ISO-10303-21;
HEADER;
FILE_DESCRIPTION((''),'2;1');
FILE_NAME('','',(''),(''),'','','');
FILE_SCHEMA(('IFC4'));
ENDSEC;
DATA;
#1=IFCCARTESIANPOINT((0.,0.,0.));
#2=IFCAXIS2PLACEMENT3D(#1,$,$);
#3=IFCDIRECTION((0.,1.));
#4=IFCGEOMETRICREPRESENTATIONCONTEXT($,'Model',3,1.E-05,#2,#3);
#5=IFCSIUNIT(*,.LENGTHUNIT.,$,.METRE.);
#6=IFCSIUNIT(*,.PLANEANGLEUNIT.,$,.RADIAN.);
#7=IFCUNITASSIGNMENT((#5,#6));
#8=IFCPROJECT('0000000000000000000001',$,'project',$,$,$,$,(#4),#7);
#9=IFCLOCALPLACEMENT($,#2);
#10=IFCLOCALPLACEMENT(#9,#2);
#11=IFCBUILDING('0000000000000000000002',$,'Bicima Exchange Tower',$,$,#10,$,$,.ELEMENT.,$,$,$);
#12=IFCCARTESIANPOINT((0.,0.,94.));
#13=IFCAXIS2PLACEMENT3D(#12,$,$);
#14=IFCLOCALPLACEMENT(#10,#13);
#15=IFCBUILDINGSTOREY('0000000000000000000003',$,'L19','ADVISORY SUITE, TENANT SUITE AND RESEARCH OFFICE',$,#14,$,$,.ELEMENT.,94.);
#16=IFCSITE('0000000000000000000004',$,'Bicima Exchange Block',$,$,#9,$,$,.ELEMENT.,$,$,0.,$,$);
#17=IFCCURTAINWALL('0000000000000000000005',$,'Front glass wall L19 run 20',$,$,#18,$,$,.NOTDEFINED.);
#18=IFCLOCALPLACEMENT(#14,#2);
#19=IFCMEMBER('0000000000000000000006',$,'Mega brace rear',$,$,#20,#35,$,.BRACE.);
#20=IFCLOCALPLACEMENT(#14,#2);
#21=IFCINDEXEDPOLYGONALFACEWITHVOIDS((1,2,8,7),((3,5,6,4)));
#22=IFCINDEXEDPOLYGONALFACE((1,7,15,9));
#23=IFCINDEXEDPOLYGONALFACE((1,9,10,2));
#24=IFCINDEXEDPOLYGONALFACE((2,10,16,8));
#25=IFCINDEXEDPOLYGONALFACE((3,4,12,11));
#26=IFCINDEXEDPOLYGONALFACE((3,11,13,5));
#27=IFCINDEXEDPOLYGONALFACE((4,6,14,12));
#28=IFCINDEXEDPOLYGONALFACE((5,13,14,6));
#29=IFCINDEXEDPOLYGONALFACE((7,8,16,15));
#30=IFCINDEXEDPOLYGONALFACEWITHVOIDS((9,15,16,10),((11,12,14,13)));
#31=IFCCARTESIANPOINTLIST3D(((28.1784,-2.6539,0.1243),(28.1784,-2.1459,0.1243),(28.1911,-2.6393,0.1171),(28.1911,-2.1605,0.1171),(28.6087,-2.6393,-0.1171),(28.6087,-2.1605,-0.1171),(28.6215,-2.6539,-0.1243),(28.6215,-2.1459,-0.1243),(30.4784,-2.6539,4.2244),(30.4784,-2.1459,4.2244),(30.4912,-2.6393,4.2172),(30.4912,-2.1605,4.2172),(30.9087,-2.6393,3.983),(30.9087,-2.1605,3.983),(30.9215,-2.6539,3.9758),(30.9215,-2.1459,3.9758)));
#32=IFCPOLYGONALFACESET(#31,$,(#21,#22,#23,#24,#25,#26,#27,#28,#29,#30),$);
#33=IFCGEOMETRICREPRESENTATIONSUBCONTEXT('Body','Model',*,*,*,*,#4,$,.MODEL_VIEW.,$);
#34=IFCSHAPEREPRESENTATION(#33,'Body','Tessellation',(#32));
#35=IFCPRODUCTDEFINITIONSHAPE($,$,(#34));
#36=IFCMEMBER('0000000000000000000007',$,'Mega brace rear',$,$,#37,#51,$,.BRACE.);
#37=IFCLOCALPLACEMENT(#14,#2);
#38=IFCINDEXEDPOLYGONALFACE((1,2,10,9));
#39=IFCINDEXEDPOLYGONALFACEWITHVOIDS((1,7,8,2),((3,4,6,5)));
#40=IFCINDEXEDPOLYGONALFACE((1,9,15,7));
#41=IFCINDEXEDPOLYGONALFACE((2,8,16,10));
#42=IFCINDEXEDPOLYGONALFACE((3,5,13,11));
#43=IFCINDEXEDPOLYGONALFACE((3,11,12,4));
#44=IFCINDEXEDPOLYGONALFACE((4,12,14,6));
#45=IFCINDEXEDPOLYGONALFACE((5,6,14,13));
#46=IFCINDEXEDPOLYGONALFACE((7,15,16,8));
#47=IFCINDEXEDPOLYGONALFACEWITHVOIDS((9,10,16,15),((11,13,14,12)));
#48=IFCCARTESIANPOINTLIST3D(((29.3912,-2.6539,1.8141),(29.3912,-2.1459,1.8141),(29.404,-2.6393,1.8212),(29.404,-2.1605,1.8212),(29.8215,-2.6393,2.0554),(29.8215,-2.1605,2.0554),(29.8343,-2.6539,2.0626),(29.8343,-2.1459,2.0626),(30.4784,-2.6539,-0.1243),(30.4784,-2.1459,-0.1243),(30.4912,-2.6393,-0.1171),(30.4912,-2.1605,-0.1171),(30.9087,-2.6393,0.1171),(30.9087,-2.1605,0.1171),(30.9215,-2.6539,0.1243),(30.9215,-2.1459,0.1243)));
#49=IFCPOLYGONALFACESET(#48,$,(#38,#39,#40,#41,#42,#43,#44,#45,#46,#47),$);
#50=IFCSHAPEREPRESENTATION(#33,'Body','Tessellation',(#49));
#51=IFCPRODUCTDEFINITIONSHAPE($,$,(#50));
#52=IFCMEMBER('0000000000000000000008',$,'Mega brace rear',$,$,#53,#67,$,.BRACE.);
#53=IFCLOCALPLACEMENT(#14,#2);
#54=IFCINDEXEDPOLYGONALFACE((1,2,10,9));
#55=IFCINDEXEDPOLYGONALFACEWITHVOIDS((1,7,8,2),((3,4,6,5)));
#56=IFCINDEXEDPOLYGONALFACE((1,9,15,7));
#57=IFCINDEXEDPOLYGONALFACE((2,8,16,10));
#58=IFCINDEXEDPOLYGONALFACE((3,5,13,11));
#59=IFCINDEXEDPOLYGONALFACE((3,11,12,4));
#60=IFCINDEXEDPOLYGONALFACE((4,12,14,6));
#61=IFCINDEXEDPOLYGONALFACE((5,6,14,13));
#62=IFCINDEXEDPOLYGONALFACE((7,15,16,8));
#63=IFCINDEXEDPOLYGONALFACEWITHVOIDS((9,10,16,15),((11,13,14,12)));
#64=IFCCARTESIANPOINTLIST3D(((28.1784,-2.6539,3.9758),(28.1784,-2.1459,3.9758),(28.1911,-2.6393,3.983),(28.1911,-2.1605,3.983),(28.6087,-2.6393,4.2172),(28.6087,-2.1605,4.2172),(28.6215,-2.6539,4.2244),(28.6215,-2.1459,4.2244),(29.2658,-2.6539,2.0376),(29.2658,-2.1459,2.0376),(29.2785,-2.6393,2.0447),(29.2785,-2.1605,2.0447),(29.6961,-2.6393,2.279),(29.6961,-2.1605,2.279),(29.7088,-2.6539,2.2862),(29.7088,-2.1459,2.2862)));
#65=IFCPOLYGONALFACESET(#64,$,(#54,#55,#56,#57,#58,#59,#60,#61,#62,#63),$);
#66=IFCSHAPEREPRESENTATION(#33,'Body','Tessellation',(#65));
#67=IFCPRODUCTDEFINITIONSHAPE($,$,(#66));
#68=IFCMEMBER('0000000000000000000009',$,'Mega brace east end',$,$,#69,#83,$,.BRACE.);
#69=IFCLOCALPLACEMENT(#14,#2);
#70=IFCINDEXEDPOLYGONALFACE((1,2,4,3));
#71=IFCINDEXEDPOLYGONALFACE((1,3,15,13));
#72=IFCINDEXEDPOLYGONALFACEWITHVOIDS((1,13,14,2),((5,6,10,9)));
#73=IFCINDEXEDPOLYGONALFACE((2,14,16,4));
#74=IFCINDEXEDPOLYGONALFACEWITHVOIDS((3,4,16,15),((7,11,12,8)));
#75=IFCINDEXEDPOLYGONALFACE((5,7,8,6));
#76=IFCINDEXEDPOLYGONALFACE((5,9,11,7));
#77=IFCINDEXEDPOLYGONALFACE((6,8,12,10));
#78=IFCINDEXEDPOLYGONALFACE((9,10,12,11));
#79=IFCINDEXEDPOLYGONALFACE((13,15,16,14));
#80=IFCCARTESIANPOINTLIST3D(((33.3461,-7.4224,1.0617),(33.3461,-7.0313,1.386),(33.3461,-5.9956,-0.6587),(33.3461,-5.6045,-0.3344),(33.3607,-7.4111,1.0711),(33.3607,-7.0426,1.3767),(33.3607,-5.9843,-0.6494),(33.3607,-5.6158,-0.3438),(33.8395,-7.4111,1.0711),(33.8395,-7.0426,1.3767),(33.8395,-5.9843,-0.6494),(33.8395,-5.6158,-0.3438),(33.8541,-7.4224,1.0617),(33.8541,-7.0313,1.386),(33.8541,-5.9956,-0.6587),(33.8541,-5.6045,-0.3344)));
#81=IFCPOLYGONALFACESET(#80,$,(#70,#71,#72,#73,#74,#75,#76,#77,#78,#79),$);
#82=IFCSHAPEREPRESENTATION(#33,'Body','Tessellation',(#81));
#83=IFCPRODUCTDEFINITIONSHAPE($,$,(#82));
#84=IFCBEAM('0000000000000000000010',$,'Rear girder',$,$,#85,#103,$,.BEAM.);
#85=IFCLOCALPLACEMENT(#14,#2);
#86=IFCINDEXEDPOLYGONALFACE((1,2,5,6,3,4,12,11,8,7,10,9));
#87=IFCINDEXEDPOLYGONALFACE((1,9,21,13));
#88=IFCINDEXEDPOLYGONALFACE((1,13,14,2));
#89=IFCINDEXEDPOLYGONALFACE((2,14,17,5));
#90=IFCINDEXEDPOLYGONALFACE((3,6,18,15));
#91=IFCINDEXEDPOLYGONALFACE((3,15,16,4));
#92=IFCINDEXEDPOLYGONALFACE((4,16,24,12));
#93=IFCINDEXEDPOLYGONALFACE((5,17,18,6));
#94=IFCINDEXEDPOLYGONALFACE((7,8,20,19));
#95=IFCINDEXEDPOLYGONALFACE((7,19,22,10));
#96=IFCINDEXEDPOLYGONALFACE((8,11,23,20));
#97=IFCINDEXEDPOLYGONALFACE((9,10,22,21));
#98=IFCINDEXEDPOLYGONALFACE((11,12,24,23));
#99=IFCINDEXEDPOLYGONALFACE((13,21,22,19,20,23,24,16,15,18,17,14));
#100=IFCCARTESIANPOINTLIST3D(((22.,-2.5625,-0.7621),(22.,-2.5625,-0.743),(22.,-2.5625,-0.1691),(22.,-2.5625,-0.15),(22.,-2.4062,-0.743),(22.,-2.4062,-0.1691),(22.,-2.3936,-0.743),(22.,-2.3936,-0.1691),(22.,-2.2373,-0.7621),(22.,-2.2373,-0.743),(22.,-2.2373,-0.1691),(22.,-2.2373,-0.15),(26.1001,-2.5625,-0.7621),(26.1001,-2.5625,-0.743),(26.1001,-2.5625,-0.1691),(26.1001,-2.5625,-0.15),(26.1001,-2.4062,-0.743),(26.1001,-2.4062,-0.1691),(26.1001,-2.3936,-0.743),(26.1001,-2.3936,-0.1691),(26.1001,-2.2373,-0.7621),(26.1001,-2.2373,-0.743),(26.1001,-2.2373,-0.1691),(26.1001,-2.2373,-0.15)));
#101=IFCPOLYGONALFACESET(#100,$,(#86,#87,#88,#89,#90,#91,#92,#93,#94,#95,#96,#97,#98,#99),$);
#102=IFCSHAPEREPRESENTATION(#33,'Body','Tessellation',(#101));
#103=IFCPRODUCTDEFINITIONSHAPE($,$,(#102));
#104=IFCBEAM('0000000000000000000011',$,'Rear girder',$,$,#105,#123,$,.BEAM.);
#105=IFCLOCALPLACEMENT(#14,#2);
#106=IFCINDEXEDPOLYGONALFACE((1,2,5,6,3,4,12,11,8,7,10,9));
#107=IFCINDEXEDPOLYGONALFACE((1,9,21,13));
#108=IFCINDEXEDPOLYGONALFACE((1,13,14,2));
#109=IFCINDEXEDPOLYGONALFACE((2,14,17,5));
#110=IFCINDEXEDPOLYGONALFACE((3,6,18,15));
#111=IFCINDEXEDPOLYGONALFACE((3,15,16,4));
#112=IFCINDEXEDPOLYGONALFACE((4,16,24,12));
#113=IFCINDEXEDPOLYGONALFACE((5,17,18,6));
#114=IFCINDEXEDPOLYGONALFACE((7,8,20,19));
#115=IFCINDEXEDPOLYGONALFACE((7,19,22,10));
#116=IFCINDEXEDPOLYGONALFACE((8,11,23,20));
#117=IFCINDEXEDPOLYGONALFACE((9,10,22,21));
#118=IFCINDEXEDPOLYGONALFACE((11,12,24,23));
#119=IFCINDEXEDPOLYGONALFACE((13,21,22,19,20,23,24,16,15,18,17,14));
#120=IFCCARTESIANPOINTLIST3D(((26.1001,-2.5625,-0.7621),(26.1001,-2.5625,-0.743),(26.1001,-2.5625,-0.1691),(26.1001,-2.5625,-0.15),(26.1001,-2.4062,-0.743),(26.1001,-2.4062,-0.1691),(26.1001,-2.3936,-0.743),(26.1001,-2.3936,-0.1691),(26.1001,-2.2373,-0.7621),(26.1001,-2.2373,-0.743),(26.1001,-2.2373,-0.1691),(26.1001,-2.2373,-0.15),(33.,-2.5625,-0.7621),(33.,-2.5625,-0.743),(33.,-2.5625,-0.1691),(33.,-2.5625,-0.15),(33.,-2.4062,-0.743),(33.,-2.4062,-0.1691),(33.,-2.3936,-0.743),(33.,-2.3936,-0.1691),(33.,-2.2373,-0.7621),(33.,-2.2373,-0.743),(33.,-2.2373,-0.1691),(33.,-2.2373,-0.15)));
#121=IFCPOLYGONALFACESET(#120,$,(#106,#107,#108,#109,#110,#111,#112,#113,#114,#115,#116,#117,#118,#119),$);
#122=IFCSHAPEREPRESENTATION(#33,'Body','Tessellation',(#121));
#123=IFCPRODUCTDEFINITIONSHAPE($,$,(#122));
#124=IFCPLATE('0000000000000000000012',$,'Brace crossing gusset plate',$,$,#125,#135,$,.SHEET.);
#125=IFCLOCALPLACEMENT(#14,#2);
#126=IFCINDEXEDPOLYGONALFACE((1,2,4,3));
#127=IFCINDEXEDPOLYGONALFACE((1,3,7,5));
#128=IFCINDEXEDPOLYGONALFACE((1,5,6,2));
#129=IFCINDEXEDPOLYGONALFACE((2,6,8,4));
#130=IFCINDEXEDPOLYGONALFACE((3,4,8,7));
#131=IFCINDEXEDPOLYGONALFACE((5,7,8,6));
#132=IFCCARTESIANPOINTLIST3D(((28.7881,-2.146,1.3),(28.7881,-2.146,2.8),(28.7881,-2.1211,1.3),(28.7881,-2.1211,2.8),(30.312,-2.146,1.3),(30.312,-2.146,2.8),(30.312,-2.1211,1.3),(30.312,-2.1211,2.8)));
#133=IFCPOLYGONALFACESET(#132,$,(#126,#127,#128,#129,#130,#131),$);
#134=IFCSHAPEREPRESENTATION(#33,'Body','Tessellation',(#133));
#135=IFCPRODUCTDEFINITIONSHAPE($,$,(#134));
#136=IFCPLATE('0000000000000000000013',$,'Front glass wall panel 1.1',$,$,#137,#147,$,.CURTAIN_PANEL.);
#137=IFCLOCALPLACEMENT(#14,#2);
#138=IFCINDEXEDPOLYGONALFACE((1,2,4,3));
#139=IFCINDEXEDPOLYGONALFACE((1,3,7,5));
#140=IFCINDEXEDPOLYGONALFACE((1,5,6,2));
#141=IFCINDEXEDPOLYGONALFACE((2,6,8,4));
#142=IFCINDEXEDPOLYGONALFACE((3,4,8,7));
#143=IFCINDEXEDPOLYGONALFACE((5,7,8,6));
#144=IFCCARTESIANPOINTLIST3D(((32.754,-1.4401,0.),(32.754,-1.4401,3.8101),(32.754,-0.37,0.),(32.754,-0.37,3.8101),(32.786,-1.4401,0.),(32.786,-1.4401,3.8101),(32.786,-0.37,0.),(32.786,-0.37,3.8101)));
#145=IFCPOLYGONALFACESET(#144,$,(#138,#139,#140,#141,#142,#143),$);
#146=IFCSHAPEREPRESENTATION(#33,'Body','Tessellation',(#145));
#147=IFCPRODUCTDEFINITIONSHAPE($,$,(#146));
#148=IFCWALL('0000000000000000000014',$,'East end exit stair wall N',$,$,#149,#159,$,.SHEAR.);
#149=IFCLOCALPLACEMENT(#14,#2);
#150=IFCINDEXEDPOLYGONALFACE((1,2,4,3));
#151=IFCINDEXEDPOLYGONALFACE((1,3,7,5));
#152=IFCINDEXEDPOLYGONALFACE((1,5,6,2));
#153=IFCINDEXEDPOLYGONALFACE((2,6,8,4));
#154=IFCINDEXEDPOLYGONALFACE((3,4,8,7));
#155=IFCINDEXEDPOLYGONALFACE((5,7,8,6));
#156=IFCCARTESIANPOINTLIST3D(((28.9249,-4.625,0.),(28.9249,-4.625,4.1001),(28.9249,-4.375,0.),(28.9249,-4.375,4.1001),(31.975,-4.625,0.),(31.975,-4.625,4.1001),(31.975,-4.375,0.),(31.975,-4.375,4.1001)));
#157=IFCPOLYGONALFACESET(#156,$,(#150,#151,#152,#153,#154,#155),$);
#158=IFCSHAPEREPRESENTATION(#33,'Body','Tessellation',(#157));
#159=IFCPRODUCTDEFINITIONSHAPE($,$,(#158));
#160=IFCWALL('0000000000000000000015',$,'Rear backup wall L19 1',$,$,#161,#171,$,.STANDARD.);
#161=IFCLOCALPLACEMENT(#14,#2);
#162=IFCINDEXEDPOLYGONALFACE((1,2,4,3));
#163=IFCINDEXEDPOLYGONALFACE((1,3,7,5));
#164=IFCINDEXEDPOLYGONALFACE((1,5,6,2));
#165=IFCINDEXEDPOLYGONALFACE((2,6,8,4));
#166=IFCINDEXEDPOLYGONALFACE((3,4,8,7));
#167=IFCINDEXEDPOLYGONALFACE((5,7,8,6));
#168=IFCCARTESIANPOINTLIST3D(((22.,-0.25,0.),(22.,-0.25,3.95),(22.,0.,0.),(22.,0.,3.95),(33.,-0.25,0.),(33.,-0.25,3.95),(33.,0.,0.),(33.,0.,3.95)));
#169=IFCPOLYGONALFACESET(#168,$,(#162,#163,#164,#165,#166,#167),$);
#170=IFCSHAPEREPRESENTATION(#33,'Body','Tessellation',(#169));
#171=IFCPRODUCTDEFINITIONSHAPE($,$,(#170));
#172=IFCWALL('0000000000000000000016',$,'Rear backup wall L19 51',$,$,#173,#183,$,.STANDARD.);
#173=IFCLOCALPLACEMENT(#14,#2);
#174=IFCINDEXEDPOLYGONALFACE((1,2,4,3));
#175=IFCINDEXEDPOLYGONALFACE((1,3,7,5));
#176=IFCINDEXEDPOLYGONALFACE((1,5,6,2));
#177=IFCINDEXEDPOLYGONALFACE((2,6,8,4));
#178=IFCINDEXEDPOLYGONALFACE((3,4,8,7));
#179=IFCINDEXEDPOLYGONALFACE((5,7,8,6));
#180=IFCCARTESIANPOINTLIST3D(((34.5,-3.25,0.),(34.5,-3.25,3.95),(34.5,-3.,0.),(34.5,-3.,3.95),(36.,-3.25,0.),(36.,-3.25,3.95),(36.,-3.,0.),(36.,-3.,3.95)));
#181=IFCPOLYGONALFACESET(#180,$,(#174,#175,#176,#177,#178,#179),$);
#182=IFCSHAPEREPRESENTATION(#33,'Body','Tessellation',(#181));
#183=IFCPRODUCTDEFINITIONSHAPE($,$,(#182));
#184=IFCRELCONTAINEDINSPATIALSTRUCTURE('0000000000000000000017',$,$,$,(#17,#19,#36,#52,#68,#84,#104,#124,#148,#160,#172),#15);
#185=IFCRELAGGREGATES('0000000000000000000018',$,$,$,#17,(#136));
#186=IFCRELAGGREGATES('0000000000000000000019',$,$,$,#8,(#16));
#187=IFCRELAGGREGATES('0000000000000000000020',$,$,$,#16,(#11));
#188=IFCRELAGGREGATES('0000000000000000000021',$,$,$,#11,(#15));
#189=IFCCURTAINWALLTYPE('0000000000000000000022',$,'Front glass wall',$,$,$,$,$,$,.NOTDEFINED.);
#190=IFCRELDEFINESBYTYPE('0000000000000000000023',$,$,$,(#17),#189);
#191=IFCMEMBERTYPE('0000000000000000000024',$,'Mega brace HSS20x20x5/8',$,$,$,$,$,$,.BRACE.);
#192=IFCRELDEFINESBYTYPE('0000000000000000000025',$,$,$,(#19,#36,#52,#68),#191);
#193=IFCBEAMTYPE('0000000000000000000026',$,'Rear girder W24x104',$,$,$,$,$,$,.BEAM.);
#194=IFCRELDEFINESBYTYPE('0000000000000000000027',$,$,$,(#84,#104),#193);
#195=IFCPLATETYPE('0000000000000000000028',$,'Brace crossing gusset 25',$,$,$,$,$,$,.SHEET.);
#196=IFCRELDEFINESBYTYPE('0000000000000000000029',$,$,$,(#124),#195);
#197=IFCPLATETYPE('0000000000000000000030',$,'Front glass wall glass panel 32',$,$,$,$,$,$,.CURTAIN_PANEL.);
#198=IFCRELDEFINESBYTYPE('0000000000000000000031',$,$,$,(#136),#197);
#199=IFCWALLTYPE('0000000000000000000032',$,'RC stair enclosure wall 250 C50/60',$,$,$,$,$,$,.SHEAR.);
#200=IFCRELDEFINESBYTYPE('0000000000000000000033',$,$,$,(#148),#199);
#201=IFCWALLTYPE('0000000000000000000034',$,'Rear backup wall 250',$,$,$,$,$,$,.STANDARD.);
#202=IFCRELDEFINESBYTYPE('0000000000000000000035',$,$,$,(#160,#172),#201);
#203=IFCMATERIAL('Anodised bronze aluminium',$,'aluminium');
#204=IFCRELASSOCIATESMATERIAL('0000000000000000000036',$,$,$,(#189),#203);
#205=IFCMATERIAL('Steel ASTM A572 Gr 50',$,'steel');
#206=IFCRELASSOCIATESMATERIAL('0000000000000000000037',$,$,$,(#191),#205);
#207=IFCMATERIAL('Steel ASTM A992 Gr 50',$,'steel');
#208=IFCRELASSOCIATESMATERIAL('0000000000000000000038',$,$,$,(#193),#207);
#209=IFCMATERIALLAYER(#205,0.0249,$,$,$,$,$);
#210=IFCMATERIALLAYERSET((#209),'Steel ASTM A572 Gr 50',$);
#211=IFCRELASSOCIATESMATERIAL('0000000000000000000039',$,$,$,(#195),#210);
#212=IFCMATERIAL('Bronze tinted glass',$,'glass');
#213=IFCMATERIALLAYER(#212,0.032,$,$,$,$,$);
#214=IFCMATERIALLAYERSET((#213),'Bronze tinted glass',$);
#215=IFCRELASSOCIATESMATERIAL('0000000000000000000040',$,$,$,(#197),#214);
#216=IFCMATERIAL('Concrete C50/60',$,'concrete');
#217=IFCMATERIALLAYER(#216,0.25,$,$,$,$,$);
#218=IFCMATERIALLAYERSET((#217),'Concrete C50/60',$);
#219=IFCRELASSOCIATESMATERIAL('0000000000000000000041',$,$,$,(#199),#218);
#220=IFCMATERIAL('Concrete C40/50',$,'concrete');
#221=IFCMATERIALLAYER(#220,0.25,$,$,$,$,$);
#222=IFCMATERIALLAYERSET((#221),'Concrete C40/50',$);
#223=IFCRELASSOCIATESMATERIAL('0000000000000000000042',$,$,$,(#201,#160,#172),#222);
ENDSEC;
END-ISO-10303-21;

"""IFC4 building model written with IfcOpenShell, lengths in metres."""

from ifc_helpers import new_model, si_unit, direction, frame, frame_2d, origin, origin_2d, place, context, subcontext, project, spatial, rectangle, hollow_rectangle, i_section, extrude, material, layer, layer_set, layer_usage, material_profile, profile_set, type_object, element, aggregate, save


model = new_model("IFC4")

# Units and contexts
model_context = context("Model", 3, precision=1e-05, world=origin(), true_north=direction((0.0, 1.0)))
body_context = subcontext(model_context, "Body", "Model", "MODEL_VIEW")
ifc_project = project(units=[si_unit("LENGTHUNIT", "METRE"), si_unit("PLANEANGLEUNIT", "RADIAN")], contexts=[model_context])

# Site, building, storey
site_placement = place(None, origin())
site = spatial("IfcSite", under=ifc_project, at=site_placement, Name="Bicima Exchange Block", CompositionType="ELEMENT", RefElevation=0.0)
building_placement = place(site_placement, origin())
building = spatial("IfcBuilding", under=site, at=building_placement, Name="Bicima Exchange Tower", CompositionType="ELEMENT")
storey_placement = place(building_placement, frame((0.0, 0.0, 94.0)))
storey = spatial("IfcBuildingStorey", under=building, at=storey_placement, Name="L19", Description="ADVISORY SUITE, TENANT SUITE AND RESEARCH OFFICE", CompositionType="ELEMENT", Elevation=94.0)

# Shared definitions
ifc_material_1 = material(Name="Steel ASTM A572 Gr 50", Category="steel")
ifc_material_2 = material(Name="Steel ASTM A992 Gr 50", Category="steel")

# Curtain wall
ifc_material_3 = material(Name="Anodised bronze aluminium", Category="aluminium")
curtain_wall_type = type_object("IfcCurtainWallType", Name="Front glass wall", PredefinedType="NOTDEFINED", material=ifc_material_3)
curtain_wall_placement = place(storey_placement, origin())
curtain_wall = element("IfcCurtainWall", 1, at=curtain_wall_placement, inside=storey, type_object=curtain_wall_type, Name="Front glass wall L19 run 20", PredefinedType="NOTDEFINED")

# Members
ifc_material_profile_1 = material_profile(ifc_material_1, hollow_rectangle(XDim=0.5081, YDim=0.5081, WallThickness=0.0146, at=origin_2d()))
ifc_profile_set_1 = profile_set([ifc_material_profile_1], Name="Steel ASTM A572 Gr 50")
member_type_1 = type_object("IfcMemberType", Name="Mega brace HSS20x20x5/8", PredefinedType="BRACE", material=ifc_profile_set_1)
member_1_placement = place(storey_placement, frame((28.3999, -2.3999, 0.0), z_axis=(0.48925, 0.0, 0.872144), x_axis=(0.0, 1.0, 0.0)))
element("IfcMember", 2, at=member_1_placement, inside=storey, type_object=member_type_1, Name="Mega brace rear", PredefinedType="BRACE", context=body_context, shape_type="SweptSolid", body=[
    extrude(hollow_rectangle(XDim=0.5081, YDim=0.5081, WallThickness=0.0146, at=origin_2d()), origin(), (0.0, 0.0, 1.0), 4.7012),
])
for number, where, z_axis, x_axis, name in (
    (3, (30.7, -2.3999, 0.0), (-0.489202, 0.0, 0.87217), (0.0, -1.0, 0.0), "Mega brace rear"),
    (4, (29.4873, -2.3999, 2.1619), (-0.489286, 0.0, 0.872124), (0.0, -1.0, 0.0), "Mega brace rear"),
):
    element("IfcMember", number, at=place(storey_placement, frame(where, z_axis=z_axis, x_axis=x_axis)), inside=storey, type_object=member_type_1, Name=name, PredefinedType="BRACE", context=body_context, shape_type="SweptSolid", body=[
        extrude(hollow_rectangle(XDim=0.5081, YDim=0.5081, WallThickness=0.0146, at=origin_2d()), origin(), (0.0, 0.0, 1.0), 2.2224),
    ])
member_2_placement = place(storey_placement, frame((33.6001, -5.8, -0.4966), z_axis=(0.0, -0.638345, 0.76975), x_axis=(1.0, 0.0, 0.0)))
element("IfcMember", 5, at=member_2_placement, inside=storey, type_object=member_type_1, Name="Mega brace east end", PredefinedType="BRACE", context=body_context, shape_type="SweptSolid", body=[
    extrude(hollow_rectangle(XDim=0.5081, YDim=0.5081, WallThickness=0.0146, at=origin_2d()), origin(), (0.0, 0.0, 1.0), 2.2351),
])

# Beams
ifc_material_profile_2 = material_profile(ifc_material_2, i_section(OverallWidth=0.3252, OverallDepth=0.6121, WebThickness=0.0127, FlangeThickness=0.019, at=origin_2d()))
ifc_profile_set_2 = profile_set([ifc_material_profile_2], Name="Steel ASTM A992 Gr 50")
beam_type_1 = type_object("IfcBeamType", Name="Rear girder W24x104", PredefinedType="BEAM", material=ifc_profile_set_2)
beam_1_placement = place(storey_placement, frame((22.0, -2.3999, -0.4561), z_axis=(1.0, 0.0, 0.0), x_axis=(0.0, 1.0, 0.0)))
element("IfcBeam", 6, at=beam_1_placement, inside=storey, type_object=beam_type_1, Name="Rear girder", PredefinedType="BEAM", context=body_context, shape_type="SweptSolid", body=[
    extrude(i_section(OverallWidth=0.3252, OverallDepth=0.6121, WebThickness=0.0127, FlangeThickness=0.019, at=origin_2d()), origin(), (0.0, 0.0, 1.0), 4.1001),
])
beam_2_placement = place(storey_placement, frame((26.1001, -2.3999, -0.4561), z_axis=(1.0, 0.0, 0.0), x_axis=(0.0, 1.0, 0.0)))
element("IfcBeam", 7, at=beam_2_placement, inside=storey, type_object=beam_type_1, Name="Rear girder", PredefinedType="BEAM", context=body_context, shape_type="SweptSolid", body=[
    extrude(i_section(OverallWidth=0.3252, OverallDepth=0.6121, WebThickness=0.0127, FlangeThickness=0.019, at=origin_2d()), origin(), (0.0, 0.0, 1.0), 6.8999),
])

# Plates
ifc_layer_1 = layer(ifc_material_1, 0.0249)
ifc_layer_set_1 = layer_set([ifc_layer_1], Name="Steel ASTM A572 Gr 50")
plate_type_1 = type_object("IfcPlateType", Name="Brace crossing gusset 25", PredefinedType="SHEET", material=ifc_layer_set_1)
plate_1_placement = place(storey_placement, frame((29.55, -2.1335, 1.3), z_axis=(0.0, 0.0, 1.0), x_axis=(1.0, 0.0, 0.0)))
element("IfcPlate", 8, at=plate_1_placement, inside=storey, type_object=plate_type_1, Name="Brace crossing gusset plate", PredefinedType="SHEET", context=body_context, shape_type="SweptSolid", body=[
    extrude(rectangle(XDim=1.5239, YDim=0.0249, at=origin_2d()), origin(), (0.0, 0.0, 1.0), 1.5),
])
ifc_material_4 = material(Name="Bronze tinted glass", Category="glass")
ifc_layer_2 = layer(ifc_material_4, 0.032)
ifc_layer_set_2 = layer_set([ifc_layer_2], Name="Bronze tinted glass")
plate_type_2 = type_object("IfcPlateType", Name="Front glass wall glass panel 32", PredefinedType="CURTAIN_PANEL", material=ifc_layer_set_2)
plate_2_placement = place(storey_placement, frame((32.77, -0.905, 0.0), z_axis=(0.0, 0.0, 1.0), x_axis=(0.0, 1.0, 0.0)))
plate_2 = element("IfcPlate", 9, at=plate_2_placement, type_object=plate_type_2, Name="Front glass wall panel 1.1", PredefinedType="CURTAIN_PANEL", context=body_context, shape_type="SweptSolid", body=[
    extrude(rectangle(XDim=1.0701, YDim=0.032, at=origin_2d()), origin(), (0.0, 0.0, 1.0), 3.8101),
])
aggregate(curtain_wall, [plate_2])

# Walls
ifc_material_5 = material(Name="Concrete C50/60", Category="concrete")
ifc_layer_3 = layer(ifc_material_5, 0.25)
ifc_layer_set_3 = layer_set([ifc_layer_3], Name="Concrete C50/60")
wall_type_1 = type_object("IfcWallType", Name="RC stair enclosure wall 250 C50/60", PredefinedType="SHEAR", material=ifc_layer_set_3)
wall_1_placement = place(storey_placement, frame((28.925, -4.5, 0.0), z_axis=(0.0, 0.0, 1.0), x_axis=(1.0, 0.0, 0.0)))
element("IfcWall", 10, at=wall_1_placement, inside=storey, type_object=wall_type_1, Name="East end exit stair wall N", PredefinedType="SHEAR", context=body_context, shape_type="SweptSolid", body=[
    extrude(rectangle(XDim=3.05, YDim=0.25, at=frame_2d((1.5249, 0.0))), origin(), (0.0, 0.0, 1.0), 4.1001),
])
ifc_material_6 = material(Name="Concrete C40/50", Category="concrete")
ifc_layer_4 = layer(ifc_material_6, 0.25)
ifc_layer_set_4 = layer_set([ifc_layer_4], Name="Concrete C40/50")
ifc_layer_usage = layer_usage(ifc_layer_set_4, "AXIS2", "POSITIVE", -0.125)
wall_type_2 = type_object("IfcWallType", Name="Rear backup wall 250", PredefinedType="STANDARD", material=ifc_layer_set_4)
wall_2_placement = place(storey_placement, frame((33.0, -0.125, 0.0), z_axis=(0.0, 0.0, 1.0), x_axis=(-1.0, 0.0, 0.0)))
element("IfcWall", 11, at=wall_2_placement, inside=storey, type_object=wall_type_2, material=ifc_layer_usage, Name="Rear backup wall L19 1", PredefinedType="STANDARD", context=body_context, shape_type="SweptSolid", body=[
    extrude(rectangle(XDim=11.0, YDim=0.25, at=frame_2d((5.5, 0.0))), origin(), (0.0, 0.0, 1.0), 3.95),
])
wall_3_placement = place(storey_placement, frame((36.0, -3.125, 0.0), z_axis=(0.0, 0.0, 1.0), x_axis=(-1.0, 0.0, 0.0)))
element("IfcWall", 12, at=wall_3_placement, inside=storey, type_object=wall_type_2, material=ifc_layer_usage, Name="Rear backup wall L19 51", PredefinedType="STANDARD", context=body_context, shape_type="SweptSolid", body=[
    extrude(rectangle(XDim=1.5, YDim=0.25, at=frame_2d((0.75, 0.0))), origin(), (0.0, 0.0, 1.0), 3.95),
])

save(model, "model.ifc")
